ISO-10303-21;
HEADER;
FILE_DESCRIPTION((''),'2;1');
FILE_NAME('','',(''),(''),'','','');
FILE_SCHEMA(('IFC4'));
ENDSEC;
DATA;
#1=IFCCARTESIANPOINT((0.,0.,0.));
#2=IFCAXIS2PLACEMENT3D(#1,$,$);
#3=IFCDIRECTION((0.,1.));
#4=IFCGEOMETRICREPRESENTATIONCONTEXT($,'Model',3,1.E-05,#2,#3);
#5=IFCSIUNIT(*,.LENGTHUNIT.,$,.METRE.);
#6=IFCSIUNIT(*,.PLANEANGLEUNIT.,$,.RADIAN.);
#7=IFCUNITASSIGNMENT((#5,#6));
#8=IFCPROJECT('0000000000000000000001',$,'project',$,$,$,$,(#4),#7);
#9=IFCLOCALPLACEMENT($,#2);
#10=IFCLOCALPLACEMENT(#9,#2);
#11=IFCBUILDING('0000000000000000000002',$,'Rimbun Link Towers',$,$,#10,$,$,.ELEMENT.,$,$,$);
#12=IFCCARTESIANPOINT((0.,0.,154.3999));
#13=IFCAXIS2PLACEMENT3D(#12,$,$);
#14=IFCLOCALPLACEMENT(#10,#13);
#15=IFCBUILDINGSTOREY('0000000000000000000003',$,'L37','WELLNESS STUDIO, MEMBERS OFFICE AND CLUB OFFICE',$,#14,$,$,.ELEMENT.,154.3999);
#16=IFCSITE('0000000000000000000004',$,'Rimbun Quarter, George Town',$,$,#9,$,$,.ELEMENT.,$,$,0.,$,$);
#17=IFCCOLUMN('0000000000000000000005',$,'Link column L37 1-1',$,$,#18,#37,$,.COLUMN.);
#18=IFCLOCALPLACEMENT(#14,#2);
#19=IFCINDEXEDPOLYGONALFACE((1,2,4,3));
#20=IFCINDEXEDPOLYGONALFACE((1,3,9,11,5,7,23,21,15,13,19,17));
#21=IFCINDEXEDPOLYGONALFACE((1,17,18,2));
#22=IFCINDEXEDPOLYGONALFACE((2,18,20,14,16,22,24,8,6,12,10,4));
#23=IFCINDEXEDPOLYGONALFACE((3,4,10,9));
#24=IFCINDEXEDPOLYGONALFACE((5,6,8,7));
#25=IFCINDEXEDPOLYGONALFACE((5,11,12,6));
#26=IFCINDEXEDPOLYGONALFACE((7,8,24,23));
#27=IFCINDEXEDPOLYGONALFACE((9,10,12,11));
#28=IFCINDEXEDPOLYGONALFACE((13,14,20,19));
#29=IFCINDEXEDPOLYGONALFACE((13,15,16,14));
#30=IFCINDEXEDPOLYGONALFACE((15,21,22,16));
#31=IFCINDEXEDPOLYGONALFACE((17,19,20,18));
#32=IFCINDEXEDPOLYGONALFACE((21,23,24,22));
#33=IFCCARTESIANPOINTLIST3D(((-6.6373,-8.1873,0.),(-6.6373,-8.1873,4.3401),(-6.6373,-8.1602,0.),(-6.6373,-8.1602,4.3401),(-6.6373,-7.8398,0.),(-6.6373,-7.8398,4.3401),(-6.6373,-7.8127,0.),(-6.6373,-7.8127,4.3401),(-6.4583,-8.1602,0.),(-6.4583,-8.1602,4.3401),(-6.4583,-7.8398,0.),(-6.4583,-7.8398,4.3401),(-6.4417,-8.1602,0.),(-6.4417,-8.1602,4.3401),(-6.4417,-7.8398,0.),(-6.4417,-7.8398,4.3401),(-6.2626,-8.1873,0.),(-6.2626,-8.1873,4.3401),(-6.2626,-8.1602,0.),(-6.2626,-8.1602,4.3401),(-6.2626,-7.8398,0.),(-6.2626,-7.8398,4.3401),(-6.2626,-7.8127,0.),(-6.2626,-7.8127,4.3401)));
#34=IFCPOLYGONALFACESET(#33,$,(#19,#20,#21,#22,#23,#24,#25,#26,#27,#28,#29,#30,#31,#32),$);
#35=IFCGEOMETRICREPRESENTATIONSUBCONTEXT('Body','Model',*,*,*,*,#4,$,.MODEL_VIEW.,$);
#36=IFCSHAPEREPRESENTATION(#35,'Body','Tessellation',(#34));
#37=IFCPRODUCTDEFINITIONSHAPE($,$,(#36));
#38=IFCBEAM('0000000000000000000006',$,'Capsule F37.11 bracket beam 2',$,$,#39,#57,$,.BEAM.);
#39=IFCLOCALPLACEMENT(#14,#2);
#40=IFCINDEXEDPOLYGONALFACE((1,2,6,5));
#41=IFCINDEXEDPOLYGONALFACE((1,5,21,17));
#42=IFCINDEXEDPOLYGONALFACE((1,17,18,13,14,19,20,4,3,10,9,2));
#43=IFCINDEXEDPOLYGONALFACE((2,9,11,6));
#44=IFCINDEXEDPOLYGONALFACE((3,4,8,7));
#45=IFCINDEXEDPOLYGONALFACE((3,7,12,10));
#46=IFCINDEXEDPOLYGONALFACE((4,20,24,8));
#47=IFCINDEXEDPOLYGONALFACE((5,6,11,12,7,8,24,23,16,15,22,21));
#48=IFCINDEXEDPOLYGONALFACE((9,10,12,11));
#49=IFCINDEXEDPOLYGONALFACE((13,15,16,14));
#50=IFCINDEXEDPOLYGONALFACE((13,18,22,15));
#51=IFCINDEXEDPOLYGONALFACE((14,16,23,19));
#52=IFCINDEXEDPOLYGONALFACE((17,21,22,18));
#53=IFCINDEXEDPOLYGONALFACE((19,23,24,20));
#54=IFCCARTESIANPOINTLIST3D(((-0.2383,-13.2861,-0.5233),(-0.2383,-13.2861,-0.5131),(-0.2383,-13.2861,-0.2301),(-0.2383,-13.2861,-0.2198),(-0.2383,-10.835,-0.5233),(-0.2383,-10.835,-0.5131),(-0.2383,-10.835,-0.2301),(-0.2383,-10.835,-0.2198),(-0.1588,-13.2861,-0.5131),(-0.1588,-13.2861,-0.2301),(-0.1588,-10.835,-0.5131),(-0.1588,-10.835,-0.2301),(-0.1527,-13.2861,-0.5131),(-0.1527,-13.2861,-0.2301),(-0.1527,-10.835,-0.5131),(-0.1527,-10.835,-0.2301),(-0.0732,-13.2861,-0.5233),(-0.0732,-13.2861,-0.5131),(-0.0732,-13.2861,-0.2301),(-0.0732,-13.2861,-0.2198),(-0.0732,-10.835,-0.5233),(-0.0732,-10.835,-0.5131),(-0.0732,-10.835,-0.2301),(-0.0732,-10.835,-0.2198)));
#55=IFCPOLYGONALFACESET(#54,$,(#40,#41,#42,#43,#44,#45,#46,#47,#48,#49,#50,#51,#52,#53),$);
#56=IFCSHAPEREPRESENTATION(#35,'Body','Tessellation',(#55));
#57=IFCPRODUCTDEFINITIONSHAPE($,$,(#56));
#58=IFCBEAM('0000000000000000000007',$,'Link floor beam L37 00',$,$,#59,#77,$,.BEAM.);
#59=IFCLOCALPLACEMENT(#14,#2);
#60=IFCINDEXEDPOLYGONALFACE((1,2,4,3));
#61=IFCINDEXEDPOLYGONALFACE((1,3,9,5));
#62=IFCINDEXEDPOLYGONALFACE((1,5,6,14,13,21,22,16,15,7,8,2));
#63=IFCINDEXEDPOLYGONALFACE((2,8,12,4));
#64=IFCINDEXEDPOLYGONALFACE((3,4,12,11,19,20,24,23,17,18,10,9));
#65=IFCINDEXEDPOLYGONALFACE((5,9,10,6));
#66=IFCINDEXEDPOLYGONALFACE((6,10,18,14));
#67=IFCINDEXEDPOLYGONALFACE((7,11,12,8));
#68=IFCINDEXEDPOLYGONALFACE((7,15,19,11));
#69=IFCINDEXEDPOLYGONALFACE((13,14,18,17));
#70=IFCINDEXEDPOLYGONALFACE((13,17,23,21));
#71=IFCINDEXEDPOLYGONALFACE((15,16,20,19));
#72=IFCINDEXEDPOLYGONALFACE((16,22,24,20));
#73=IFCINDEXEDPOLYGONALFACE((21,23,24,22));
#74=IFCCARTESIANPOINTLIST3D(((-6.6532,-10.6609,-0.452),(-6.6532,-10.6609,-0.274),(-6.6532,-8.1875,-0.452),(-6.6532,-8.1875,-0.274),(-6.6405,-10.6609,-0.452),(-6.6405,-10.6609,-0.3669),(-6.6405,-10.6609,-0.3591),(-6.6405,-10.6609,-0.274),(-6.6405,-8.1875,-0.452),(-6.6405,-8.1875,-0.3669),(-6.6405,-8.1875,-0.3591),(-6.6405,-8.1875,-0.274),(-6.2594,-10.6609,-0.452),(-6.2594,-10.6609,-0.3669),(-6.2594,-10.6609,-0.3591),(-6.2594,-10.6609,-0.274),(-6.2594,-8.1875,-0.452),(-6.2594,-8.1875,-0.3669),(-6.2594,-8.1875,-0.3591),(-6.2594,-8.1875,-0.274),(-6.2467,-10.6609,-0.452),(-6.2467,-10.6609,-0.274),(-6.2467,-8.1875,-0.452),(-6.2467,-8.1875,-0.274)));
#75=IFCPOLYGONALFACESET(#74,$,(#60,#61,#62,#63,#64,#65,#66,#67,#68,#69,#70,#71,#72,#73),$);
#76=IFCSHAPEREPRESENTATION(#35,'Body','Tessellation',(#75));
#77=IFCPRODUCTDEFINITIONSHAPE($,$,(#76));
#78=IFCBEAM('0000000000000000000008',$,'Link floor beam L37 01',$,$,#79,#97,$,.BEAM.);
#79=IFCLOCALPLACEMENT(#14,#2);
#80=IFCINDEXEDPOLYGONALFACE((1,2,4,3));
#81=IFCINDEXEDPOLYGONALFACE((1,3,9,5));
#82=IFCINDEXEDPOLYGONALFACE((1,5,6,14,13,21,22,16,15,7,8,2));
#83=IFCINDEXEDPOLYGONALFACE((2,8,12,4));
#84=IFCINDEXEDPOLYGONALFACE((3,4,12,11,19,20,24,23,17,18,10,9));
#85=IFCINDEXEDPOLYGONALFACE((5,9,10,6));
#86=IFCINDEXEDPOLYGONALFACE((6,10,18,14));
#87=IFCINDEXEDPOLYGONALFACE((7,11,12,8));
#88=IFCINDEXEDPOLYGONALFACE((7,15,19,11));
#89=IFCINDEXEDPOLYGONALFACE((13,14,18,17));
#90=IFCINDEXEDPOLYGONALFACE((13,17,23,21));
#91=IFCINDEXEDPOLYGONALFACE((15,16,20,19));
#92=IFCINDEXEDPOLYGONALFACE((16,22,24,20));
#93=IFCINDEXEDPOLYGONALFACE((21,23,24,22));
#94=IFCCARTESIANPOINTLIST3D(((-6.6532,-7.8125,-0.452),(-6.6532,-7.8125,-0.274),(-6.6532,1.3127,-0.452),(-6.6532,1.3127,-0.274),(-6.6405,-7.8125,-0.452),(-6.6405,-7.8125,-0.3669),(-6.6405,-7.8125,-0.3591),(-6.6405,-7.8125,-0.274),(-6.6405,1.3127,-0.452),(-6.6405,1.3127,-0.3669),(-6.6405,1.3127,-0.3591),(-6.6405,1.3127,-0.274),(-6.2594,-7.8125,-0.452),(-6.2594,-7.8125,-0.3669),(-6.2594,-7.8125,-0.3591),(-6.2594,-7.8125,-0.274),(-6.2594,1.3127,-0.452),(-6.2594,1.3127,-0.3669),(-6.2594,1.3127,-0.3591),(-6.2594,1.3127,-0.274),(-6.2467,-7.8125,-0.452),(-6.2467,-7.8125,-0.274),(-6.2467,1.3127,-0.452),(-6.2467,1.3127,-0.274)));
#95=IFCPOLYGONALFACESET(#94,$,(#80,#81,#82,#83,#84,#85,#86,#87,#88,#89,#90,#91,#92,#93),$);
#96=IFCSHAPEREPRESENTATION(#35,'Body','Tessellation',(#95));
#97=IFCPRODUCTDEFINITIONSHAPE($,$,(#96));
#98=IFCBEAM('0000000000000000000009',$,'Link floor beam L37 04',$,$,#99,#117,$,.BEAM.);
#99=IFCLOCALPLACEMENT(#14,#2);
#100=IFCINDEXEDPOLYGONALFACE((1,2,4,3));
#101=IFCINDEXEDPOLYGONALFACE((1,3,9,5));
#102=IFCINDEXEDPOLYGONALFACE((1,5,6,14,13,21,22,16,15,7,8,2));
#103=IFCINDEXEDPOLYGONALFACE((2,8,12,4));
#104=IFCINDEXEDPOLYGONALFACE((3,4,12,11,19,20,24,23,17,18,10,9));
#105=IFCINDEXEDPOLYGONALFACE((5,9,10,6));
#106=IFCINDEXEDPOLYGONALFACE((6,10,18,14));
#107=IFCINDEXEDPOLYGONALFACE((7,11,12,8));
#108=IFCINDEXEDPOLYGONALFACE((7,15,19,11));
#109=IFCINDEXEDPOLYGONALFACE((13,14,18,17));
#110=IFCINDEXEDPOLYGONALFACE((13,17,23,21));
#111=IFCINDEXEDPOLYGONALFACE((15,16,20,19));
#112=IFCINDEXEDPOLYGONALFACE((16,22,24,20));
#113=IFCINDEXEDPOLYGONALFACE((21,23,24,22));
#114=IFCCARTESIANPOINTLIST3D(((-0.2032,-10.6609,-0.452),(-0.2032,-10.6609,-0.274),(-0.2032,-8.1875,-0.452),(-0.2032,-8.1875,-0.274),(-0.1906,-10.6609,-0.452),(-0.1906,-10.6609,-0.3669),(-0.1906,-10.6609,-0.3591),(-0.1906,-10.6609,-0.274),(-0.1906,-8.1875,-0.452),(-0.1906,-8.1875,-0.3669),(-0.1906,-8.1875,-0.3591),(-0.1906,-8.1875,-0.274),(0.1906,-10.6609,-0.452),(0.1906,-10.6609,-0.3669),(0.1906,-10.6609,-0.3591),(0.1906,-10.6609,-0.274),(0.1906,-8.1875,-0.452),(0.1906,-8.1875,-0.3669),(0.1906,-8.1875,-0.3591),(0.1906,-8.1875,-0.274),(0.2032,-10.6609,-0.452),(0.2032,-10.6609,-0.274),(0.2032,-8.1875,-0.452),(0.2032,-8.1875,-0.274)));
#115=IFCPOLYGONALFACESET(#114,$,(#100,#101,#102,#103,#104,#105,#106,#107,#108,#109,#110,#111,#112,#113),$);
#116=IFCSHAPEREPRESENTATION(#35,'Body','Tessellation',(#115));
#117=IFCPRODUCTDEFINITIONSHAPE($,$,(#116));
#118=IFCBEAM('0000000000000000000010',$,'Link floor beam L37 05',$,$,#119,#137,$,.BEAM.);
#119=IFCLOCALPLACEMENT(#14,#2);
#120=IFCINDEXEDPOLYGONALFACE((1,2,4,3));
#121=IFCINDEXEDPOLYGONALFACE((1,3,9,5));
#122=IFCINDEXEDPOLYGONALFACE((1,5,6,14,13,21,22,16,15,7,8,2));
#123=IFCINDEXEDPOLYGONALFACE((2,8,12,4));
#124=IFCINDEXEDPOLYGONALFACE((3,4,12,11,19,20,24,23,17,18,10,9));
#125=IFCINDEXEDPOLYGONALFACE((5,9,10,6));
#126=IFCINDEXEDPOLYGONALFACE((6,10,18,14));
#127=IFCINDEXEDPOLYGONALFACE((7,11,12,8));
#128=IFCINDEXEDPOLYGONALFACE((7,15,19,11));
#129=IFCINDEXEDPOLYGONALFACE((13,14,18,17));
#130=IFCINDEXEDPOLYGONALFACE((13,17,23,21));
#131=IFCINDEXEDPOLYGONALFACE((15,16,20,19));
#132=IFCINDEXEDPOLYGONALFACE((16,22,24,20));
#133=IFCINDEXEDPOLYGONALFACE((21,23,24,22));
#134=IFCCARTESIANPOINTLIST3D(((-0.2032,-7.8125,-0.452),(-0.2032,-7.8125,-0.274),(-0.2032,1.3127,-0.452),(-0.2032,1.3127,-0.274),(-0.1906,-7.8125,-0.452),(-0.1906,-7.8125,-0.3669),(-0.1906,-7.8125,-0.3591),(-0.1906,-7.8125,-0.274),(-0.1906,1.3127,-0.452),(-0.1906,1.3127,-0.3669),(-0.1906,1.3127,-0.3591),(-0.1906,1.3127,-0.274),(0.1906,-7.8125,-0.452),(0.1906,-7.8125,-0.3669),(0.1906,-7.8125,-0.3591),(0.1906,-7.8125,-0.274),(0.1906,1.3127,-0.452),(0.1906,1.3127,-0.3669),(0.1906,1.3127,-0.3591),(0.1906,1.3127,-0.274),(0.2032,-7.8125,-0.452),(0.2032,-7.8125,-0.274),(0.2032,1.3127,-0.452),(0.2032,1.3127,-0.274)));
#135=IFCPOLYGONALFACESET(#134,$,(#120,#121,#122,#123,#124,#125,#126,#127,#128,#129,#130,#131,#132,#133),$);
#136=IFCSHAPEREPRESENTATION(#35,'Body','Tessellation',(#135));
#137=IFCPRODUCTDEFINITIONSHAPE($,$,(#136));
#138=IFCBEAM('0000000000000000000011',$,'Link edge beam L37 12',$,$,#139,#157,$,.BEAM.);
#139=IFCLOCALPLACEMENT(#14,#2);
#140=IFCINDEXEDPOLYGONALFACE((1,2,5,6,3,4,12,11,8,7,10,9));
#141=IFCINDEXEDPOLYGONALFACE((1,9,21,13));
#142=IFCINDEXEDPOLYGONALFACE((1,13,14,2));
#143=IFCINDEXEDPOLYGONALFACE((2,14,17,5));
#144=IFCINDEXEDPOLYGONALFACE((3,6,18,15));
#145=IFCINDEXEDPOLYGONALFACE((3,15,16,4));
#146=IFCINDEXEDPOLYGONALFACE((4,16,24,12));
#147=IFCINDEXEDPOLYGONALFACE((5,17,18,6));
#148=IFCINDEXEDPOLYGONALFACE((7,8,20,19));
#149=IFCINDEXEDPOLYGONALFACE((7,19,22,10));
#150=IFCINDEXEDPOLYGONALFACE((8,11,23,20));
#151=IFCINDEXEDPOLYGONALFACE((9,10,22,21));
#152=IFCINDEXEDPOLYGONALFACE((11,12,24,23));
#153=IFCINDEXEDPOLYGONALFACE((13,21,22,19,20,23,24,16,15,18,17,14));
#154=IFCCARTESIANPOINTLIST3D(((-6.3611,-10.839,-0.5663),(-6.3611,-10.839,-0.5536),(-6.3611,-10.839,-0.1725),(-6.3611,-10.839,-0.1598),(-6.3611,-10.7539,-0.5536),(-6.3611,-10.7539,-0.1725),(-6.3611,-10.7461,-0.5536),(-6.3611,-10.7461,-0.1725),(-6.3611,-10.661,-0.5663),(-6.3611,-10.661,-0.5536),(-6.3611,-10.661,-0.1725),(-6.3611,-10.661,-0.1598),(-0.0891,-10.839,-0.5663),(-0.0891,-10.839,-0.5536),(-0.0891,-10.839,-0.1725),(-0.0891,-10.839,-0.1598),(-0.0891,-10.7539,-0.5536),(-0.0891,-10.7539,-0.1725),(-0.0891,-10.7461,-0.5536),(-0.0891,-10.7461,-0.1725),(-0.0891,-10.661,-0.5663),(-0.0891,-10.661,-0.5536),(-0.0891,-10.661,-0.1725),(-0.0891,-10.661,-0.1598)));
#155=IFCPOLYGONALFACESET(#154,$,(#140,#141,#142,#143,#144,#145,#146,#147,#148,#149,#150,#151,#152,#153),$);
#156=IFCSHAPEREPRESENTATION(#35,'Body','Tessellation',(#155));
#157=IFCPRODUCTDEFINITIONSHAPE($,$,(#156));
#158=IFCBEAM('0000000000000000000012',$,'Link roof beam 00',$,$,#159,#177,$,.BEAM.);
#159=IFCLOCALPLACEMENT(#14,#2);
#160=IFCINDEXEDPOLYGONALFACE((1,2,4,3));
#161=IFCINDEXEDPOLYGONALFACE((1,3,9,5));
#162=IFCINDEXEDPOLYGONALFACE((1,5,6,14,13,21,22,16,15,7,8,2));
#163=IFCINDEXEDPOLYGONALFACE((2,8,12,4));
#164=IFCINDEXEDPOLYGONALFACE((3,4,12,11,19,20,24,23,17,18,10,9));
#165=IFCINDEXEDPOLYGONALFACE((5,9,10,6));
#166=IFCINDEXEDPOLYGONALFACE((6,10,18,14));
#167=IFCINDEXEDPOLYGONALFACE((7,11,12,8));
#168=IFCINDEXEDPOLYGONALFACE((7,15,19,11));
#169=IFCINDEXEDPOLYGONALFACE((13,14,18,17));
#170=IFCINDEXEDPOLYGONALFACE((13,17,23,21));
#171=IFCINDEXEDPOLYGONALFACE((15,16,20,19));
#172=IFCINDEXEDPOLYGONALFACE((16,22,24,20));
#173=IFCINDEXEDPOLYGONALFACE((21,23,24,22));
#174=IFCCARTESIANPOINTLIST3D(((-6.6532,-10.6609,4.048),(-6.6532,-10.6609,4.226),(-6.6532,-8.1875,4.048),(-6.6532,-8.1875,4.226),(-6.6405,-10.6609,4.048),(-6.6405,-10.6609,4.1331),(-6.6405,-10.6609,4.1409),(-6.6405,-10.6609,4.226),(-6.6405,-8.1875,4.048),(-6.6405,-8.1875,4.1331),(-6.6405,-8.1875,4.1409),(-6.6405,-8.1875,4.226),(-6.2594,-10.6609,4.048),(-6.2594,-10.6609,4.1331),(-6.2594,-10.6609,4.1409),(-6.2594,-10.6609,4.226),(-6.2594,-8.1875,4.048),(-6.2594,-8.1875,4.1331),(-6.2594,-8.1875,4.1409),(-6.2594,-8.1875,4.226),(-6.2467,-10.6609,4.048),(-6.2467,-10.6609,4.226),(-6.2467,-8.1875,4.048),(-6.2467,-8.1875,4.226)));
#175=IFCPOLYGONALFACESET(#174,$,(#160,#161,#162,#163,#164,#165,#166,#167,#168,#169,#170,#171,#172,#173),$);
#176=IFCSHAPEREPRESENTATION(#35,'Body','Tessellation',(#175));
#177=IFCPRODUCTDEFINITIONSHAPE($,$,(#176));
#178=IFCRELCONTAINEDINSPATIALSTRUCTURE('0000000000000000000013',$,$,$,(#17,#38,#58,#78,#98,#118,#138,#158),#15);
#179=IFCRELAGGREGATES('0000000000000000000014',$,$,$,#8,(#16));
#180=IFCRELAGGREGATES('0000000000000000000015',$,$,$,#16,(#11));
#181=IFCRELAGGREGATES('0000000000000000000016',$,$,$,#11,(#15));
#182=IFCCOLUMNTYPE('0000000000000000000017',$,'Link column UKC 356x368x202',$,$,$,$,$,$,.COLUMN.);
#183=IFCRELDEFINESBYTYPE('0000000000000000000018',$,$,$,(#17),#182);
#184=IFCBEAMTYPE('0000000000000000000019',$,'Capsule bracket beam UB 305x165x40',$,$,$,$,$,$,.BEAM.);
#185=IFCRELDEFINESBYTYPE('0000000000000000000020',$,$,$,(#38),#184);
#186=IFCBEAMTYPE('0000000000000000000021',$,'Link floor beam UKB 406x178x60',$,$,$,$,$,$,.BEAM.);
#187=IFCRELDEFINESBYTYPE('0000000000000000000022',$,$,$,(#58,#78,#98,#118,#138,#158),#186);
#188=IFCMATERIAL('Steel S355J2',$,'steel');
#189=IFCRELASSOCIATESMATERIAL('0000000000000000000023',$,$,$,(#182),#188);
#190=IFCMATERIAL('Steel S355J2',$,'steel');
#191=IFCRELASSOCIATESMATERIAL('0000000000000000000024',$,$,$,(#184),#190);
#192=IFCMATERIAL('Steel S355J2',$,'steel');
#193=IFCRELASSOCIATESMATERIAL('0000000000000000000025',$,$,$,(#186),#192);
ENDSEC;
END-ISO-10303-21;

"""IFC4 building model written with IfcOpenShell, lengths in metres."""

from ifc_helpers import new_model, si_unit, direction, frame, origin, origin_2d, place, context, subcontext, project, spatial, i_section, extrude, material, material_profile, profile_set, type_object, element, save


model = new_model("IFC4")

# Units and contexts
model_context = context("Model", 3, precision=1e-05, world=origin(), true_north=direction((0.0, 1.0)))
body_context = subcontext(model_context, "Body", "Model", "MODEL_VIEW")
ifc_project = project(units=[si_unit("LENGTHUNIT", "METRE"), si_unit("PLANEANGLEUNIT", "RADIAN")], contexts=[model_context])

# Site, building, storey
site_placement = place(None, origin())
site = spatial("IfcSite", under=ifc_project, at=site_placement, Name="Rimbun Quarter, George Town", CompositionType="ELEMENT", RefElevation=0.0)
building_placement = place(site_placement, origin())
building = spatial("IfcBuilding", under=site, at=building_placement, Name="Rimbun Link Towers", CompositionType="ELEMENT")
storey_placement = place(building_placement, frame((0.0, 0.0, 154.3999)))
storey = spatial("IfcBuildingStorey", under=building, at=storey_placement, Name="L37", Description="WELLNESS STUDIO, MEMBERS OFFICE AND CLUB OFFICE", CompositionType="ELEMENT", Elevation=154.3999)

# Column
ifc_material_1 = material(Name="Steel S355J2", Category="steel")
ifc_material_profile_1 = material_profile(ifc_material_1, i_section(OverallWidth=0.3748, OverallDepth=0.3745, WebThickness=0.0166, FlangeThickness=0.0271, at=origin_2d()), Name="UKC 356x368x202")
ifc_profile_set_1 = profile_set([ifc_material_profile_1], Name="Steel S355J2")
column_type = type_object("IfcColumnType", Name="Link column UKC 356x368x202", PredefinedType="COLUMN", material=ifc_profile_set_1)
column_placement = place(storey_placement, frame((-6.45, -8.0, 0.0), z_axis=(0.0, 0.0, 1.0), x_axis=(1.0, 0.0, 0.0)))
element("IfcColumn", 1, at=column_placement, inside=storey, type_object=column_type, Name="Link column L37 1-1", PredefinedType="COLUMN", context=body_context, shape_type="SweptSolid", body=[
    extrude(i_section(OverallWidth=0.3748, OverallDepth=0.3745, WebThickness=0.0166, FlangeThickness=0.0271, at=origin_2d()), origin(), (0.0, 0.0, 1.0), 4.3401),
])

# Beams
ifc_material_2 = material(Name="Steel S355J2", Category="steel")
ifc_material_profile_2 = material_profile(ifc_material_2, i_section(OverallWidth=0.165, OverallDepth=0.3035, WebThickness=0.0061, FlangeThickness=0.0103, at=origin_2d()), Name="UB 305x165x40")
ifc_profile_set_2 = profile_set([ifc_material_profile_2], Name="Steel S355J2")
beam_type_1 = type_object("IfcBeamType", Name="Capsule bracket beam UB 305x165x40", PredefinedType="BEAM", material=ifc_profile_set_2)
beam_1_placement = place(storey_placement, frame((-0.1558, -10.835, -0.3716), z_axis=(0.0, -1.0, 0.0), x_axis=(1.0, 0.0, 0.0)))
element("IfcBeam", 2, at=beam_1_placement, inside=storey, type_object=beam_type_1, Name="Capsule F37.11 bracket beam 2", PredefinedType="BEAM", context=body_context, shape_type="SweptSolid", body=[
    extrude(i_section(OverallWidth=0.165, OverallDepth=0.3035, WebThickness=0.0061, FlangeThickness=0.0103, at=origin_2d()), origin(), (0.0, 0.0, 1.0), 2.4512),
])
ifc_material_3 = material(Name="Steel S355J2", Category="steel")
ifc_material_profile_3 = material_profile(ifc_material_3, i_section(OverallWidth=0.178, OverallDepth=0.4065, WebThickness=0.0078, FlangeThickness=0.0127, at=origin_2d()), Name="UKB 406x178x60")
ifc_profile_set_3 = profile_set([ifc_material_profile_3], Name="Steel S355J2")
beam_type_2 = type_object("IfcBeamType", Name="Link floor beam UKB 406x178x60", PredefinedType="BEAM", material=ifc_profile_set_3)
beam_2_placement = place(storey_placement, frame((-6.45, -10.6609, -0.363), z_axis=(0.0, 1.0, 0.0), x_axis=(0.0, 0.0, 1.0)))
element("IfcBeam", 3, at=beam_2_placement, inside=storey, type_object=beam_type_2, Name="Link floor beam L37 00", PredefinedType="BEAM", context=body_context, shape_type="SweptSolid", body=[
    extrude(i_section(OverallWidth=0.178, OverallDepth=0.4065, WebThickness=0.0078, FlangeThickness=0.0127, at=origin_2d()), origin(), (0.0, 0.0, 1.0), 2.4734),
])
beam_3_placement = place(storey_placement, frame((-6.45, -7.8125, -0.363), z_axis=(0.0, 1.0, 0.0), x_axis=(0.0, 0.0, 1.0)))
element("IfcBeam", 4, at=beam_3_placement, inside=storey, type_object=beam_type_2, Name="Link floor beam L37 01", PredefinedType="BEAM", context=body_context, shape_type="SweptSolid", body=[
    extrude(i_section(OverallWidth=0.178, OverallDepth=0.4065, WebThickness=0.0078, FlangeThickness=0.0127, at=origin_2d()), origin(), (0.0, 0.0, 1.0), 9.1252),
])
beam_4_placement = place(storey_placement, frame((0.0, -10.6609, -0.363), z_axis=(0.0, 1.0, 0.0), x_axis=(0.0, 0.0, 1.0)))
element("IfcBeam", 5, at=beam_4_placement, inside=storey, type_object=beam_type_2, Name="Link floor beam L37 04", PredefinedType="BEAM", context=body_context, shape_type="SweptSolid", body=[
    extrude(i_section(OverallWidth=0.178, OverallDepth=0.4065, WebThickness=0.0078, FlangeThickness=0.0127, at=origin_2d()), origin(), (0.0, 0.0, 1.0), 2.4734),
])
beam_5_placement = place(storey_placement, frame((0.0, -7.8125, -0.363), z_axis=(0.0, 1.0, 0.0), x_axis=(0.0, 0.0, 1.0)))
element("IfcBeam", 6, at=beam_5_placement, inside=storey, type_object=beam_type_2, Name="Link floor beam L37 05", PredefinedType="BEAM", context=body_context, shape_type="SweptSolid", body=[
    extrude(i_section(OverallWidth=0.178, OverallDepth=0.4065, WebThickness=0.0078, FlangeThickness=0.0127, at=origin_2d()), origin(), (0.0, 0.0, 1.0), 9.1252),
])
beam_6_placement = place(storey_placement, frame((-6.3611, -10.75, -0.363), z_axis=(1.0, 0.0, 0.0), x_axis=(0.0, 1.0, 0.0)))
element("IfcBeam", 7, at=beam_6_placement, inside=storey, type_object=beam_type_2, Name="Link edge beam L37 12", PredefinedType="BEAM", context=body_context, shape_type="SweptSolid", body=[
    extrude(i_section(OverallWidth=0.178, OverallDepth=0.4065, WebThickness=0.0078, FlangeThickness=0.0127, at=origin_2d()), origin(), (0.0, 0.0, 1.0), 6.272),
])
beam_7_placement = place(storey_placement, frame((-6.45, -10.6609, 4.137), z_axis=(0.0, 1.0, 0.0), x_axis=(0.0, 0.0, 1.0)))
element("IfcBeam", 8, at=beam_7_placement, inside=storey, type_object=beam_type_2, Name="Link roof beam 00", PredefinedType="BEAM", context=body_context, shape_type="SweptSolid", body=[
    extrude(i_section(OverallWidth=0.178, OverallDepth=0.4065, WebThickness=0.0078, FlangeThickness=0.0127, at=origin_2d()), origin(), (0.0, 0.0, 1.0), 2.4734),
])

save(model, "model.ifc")
